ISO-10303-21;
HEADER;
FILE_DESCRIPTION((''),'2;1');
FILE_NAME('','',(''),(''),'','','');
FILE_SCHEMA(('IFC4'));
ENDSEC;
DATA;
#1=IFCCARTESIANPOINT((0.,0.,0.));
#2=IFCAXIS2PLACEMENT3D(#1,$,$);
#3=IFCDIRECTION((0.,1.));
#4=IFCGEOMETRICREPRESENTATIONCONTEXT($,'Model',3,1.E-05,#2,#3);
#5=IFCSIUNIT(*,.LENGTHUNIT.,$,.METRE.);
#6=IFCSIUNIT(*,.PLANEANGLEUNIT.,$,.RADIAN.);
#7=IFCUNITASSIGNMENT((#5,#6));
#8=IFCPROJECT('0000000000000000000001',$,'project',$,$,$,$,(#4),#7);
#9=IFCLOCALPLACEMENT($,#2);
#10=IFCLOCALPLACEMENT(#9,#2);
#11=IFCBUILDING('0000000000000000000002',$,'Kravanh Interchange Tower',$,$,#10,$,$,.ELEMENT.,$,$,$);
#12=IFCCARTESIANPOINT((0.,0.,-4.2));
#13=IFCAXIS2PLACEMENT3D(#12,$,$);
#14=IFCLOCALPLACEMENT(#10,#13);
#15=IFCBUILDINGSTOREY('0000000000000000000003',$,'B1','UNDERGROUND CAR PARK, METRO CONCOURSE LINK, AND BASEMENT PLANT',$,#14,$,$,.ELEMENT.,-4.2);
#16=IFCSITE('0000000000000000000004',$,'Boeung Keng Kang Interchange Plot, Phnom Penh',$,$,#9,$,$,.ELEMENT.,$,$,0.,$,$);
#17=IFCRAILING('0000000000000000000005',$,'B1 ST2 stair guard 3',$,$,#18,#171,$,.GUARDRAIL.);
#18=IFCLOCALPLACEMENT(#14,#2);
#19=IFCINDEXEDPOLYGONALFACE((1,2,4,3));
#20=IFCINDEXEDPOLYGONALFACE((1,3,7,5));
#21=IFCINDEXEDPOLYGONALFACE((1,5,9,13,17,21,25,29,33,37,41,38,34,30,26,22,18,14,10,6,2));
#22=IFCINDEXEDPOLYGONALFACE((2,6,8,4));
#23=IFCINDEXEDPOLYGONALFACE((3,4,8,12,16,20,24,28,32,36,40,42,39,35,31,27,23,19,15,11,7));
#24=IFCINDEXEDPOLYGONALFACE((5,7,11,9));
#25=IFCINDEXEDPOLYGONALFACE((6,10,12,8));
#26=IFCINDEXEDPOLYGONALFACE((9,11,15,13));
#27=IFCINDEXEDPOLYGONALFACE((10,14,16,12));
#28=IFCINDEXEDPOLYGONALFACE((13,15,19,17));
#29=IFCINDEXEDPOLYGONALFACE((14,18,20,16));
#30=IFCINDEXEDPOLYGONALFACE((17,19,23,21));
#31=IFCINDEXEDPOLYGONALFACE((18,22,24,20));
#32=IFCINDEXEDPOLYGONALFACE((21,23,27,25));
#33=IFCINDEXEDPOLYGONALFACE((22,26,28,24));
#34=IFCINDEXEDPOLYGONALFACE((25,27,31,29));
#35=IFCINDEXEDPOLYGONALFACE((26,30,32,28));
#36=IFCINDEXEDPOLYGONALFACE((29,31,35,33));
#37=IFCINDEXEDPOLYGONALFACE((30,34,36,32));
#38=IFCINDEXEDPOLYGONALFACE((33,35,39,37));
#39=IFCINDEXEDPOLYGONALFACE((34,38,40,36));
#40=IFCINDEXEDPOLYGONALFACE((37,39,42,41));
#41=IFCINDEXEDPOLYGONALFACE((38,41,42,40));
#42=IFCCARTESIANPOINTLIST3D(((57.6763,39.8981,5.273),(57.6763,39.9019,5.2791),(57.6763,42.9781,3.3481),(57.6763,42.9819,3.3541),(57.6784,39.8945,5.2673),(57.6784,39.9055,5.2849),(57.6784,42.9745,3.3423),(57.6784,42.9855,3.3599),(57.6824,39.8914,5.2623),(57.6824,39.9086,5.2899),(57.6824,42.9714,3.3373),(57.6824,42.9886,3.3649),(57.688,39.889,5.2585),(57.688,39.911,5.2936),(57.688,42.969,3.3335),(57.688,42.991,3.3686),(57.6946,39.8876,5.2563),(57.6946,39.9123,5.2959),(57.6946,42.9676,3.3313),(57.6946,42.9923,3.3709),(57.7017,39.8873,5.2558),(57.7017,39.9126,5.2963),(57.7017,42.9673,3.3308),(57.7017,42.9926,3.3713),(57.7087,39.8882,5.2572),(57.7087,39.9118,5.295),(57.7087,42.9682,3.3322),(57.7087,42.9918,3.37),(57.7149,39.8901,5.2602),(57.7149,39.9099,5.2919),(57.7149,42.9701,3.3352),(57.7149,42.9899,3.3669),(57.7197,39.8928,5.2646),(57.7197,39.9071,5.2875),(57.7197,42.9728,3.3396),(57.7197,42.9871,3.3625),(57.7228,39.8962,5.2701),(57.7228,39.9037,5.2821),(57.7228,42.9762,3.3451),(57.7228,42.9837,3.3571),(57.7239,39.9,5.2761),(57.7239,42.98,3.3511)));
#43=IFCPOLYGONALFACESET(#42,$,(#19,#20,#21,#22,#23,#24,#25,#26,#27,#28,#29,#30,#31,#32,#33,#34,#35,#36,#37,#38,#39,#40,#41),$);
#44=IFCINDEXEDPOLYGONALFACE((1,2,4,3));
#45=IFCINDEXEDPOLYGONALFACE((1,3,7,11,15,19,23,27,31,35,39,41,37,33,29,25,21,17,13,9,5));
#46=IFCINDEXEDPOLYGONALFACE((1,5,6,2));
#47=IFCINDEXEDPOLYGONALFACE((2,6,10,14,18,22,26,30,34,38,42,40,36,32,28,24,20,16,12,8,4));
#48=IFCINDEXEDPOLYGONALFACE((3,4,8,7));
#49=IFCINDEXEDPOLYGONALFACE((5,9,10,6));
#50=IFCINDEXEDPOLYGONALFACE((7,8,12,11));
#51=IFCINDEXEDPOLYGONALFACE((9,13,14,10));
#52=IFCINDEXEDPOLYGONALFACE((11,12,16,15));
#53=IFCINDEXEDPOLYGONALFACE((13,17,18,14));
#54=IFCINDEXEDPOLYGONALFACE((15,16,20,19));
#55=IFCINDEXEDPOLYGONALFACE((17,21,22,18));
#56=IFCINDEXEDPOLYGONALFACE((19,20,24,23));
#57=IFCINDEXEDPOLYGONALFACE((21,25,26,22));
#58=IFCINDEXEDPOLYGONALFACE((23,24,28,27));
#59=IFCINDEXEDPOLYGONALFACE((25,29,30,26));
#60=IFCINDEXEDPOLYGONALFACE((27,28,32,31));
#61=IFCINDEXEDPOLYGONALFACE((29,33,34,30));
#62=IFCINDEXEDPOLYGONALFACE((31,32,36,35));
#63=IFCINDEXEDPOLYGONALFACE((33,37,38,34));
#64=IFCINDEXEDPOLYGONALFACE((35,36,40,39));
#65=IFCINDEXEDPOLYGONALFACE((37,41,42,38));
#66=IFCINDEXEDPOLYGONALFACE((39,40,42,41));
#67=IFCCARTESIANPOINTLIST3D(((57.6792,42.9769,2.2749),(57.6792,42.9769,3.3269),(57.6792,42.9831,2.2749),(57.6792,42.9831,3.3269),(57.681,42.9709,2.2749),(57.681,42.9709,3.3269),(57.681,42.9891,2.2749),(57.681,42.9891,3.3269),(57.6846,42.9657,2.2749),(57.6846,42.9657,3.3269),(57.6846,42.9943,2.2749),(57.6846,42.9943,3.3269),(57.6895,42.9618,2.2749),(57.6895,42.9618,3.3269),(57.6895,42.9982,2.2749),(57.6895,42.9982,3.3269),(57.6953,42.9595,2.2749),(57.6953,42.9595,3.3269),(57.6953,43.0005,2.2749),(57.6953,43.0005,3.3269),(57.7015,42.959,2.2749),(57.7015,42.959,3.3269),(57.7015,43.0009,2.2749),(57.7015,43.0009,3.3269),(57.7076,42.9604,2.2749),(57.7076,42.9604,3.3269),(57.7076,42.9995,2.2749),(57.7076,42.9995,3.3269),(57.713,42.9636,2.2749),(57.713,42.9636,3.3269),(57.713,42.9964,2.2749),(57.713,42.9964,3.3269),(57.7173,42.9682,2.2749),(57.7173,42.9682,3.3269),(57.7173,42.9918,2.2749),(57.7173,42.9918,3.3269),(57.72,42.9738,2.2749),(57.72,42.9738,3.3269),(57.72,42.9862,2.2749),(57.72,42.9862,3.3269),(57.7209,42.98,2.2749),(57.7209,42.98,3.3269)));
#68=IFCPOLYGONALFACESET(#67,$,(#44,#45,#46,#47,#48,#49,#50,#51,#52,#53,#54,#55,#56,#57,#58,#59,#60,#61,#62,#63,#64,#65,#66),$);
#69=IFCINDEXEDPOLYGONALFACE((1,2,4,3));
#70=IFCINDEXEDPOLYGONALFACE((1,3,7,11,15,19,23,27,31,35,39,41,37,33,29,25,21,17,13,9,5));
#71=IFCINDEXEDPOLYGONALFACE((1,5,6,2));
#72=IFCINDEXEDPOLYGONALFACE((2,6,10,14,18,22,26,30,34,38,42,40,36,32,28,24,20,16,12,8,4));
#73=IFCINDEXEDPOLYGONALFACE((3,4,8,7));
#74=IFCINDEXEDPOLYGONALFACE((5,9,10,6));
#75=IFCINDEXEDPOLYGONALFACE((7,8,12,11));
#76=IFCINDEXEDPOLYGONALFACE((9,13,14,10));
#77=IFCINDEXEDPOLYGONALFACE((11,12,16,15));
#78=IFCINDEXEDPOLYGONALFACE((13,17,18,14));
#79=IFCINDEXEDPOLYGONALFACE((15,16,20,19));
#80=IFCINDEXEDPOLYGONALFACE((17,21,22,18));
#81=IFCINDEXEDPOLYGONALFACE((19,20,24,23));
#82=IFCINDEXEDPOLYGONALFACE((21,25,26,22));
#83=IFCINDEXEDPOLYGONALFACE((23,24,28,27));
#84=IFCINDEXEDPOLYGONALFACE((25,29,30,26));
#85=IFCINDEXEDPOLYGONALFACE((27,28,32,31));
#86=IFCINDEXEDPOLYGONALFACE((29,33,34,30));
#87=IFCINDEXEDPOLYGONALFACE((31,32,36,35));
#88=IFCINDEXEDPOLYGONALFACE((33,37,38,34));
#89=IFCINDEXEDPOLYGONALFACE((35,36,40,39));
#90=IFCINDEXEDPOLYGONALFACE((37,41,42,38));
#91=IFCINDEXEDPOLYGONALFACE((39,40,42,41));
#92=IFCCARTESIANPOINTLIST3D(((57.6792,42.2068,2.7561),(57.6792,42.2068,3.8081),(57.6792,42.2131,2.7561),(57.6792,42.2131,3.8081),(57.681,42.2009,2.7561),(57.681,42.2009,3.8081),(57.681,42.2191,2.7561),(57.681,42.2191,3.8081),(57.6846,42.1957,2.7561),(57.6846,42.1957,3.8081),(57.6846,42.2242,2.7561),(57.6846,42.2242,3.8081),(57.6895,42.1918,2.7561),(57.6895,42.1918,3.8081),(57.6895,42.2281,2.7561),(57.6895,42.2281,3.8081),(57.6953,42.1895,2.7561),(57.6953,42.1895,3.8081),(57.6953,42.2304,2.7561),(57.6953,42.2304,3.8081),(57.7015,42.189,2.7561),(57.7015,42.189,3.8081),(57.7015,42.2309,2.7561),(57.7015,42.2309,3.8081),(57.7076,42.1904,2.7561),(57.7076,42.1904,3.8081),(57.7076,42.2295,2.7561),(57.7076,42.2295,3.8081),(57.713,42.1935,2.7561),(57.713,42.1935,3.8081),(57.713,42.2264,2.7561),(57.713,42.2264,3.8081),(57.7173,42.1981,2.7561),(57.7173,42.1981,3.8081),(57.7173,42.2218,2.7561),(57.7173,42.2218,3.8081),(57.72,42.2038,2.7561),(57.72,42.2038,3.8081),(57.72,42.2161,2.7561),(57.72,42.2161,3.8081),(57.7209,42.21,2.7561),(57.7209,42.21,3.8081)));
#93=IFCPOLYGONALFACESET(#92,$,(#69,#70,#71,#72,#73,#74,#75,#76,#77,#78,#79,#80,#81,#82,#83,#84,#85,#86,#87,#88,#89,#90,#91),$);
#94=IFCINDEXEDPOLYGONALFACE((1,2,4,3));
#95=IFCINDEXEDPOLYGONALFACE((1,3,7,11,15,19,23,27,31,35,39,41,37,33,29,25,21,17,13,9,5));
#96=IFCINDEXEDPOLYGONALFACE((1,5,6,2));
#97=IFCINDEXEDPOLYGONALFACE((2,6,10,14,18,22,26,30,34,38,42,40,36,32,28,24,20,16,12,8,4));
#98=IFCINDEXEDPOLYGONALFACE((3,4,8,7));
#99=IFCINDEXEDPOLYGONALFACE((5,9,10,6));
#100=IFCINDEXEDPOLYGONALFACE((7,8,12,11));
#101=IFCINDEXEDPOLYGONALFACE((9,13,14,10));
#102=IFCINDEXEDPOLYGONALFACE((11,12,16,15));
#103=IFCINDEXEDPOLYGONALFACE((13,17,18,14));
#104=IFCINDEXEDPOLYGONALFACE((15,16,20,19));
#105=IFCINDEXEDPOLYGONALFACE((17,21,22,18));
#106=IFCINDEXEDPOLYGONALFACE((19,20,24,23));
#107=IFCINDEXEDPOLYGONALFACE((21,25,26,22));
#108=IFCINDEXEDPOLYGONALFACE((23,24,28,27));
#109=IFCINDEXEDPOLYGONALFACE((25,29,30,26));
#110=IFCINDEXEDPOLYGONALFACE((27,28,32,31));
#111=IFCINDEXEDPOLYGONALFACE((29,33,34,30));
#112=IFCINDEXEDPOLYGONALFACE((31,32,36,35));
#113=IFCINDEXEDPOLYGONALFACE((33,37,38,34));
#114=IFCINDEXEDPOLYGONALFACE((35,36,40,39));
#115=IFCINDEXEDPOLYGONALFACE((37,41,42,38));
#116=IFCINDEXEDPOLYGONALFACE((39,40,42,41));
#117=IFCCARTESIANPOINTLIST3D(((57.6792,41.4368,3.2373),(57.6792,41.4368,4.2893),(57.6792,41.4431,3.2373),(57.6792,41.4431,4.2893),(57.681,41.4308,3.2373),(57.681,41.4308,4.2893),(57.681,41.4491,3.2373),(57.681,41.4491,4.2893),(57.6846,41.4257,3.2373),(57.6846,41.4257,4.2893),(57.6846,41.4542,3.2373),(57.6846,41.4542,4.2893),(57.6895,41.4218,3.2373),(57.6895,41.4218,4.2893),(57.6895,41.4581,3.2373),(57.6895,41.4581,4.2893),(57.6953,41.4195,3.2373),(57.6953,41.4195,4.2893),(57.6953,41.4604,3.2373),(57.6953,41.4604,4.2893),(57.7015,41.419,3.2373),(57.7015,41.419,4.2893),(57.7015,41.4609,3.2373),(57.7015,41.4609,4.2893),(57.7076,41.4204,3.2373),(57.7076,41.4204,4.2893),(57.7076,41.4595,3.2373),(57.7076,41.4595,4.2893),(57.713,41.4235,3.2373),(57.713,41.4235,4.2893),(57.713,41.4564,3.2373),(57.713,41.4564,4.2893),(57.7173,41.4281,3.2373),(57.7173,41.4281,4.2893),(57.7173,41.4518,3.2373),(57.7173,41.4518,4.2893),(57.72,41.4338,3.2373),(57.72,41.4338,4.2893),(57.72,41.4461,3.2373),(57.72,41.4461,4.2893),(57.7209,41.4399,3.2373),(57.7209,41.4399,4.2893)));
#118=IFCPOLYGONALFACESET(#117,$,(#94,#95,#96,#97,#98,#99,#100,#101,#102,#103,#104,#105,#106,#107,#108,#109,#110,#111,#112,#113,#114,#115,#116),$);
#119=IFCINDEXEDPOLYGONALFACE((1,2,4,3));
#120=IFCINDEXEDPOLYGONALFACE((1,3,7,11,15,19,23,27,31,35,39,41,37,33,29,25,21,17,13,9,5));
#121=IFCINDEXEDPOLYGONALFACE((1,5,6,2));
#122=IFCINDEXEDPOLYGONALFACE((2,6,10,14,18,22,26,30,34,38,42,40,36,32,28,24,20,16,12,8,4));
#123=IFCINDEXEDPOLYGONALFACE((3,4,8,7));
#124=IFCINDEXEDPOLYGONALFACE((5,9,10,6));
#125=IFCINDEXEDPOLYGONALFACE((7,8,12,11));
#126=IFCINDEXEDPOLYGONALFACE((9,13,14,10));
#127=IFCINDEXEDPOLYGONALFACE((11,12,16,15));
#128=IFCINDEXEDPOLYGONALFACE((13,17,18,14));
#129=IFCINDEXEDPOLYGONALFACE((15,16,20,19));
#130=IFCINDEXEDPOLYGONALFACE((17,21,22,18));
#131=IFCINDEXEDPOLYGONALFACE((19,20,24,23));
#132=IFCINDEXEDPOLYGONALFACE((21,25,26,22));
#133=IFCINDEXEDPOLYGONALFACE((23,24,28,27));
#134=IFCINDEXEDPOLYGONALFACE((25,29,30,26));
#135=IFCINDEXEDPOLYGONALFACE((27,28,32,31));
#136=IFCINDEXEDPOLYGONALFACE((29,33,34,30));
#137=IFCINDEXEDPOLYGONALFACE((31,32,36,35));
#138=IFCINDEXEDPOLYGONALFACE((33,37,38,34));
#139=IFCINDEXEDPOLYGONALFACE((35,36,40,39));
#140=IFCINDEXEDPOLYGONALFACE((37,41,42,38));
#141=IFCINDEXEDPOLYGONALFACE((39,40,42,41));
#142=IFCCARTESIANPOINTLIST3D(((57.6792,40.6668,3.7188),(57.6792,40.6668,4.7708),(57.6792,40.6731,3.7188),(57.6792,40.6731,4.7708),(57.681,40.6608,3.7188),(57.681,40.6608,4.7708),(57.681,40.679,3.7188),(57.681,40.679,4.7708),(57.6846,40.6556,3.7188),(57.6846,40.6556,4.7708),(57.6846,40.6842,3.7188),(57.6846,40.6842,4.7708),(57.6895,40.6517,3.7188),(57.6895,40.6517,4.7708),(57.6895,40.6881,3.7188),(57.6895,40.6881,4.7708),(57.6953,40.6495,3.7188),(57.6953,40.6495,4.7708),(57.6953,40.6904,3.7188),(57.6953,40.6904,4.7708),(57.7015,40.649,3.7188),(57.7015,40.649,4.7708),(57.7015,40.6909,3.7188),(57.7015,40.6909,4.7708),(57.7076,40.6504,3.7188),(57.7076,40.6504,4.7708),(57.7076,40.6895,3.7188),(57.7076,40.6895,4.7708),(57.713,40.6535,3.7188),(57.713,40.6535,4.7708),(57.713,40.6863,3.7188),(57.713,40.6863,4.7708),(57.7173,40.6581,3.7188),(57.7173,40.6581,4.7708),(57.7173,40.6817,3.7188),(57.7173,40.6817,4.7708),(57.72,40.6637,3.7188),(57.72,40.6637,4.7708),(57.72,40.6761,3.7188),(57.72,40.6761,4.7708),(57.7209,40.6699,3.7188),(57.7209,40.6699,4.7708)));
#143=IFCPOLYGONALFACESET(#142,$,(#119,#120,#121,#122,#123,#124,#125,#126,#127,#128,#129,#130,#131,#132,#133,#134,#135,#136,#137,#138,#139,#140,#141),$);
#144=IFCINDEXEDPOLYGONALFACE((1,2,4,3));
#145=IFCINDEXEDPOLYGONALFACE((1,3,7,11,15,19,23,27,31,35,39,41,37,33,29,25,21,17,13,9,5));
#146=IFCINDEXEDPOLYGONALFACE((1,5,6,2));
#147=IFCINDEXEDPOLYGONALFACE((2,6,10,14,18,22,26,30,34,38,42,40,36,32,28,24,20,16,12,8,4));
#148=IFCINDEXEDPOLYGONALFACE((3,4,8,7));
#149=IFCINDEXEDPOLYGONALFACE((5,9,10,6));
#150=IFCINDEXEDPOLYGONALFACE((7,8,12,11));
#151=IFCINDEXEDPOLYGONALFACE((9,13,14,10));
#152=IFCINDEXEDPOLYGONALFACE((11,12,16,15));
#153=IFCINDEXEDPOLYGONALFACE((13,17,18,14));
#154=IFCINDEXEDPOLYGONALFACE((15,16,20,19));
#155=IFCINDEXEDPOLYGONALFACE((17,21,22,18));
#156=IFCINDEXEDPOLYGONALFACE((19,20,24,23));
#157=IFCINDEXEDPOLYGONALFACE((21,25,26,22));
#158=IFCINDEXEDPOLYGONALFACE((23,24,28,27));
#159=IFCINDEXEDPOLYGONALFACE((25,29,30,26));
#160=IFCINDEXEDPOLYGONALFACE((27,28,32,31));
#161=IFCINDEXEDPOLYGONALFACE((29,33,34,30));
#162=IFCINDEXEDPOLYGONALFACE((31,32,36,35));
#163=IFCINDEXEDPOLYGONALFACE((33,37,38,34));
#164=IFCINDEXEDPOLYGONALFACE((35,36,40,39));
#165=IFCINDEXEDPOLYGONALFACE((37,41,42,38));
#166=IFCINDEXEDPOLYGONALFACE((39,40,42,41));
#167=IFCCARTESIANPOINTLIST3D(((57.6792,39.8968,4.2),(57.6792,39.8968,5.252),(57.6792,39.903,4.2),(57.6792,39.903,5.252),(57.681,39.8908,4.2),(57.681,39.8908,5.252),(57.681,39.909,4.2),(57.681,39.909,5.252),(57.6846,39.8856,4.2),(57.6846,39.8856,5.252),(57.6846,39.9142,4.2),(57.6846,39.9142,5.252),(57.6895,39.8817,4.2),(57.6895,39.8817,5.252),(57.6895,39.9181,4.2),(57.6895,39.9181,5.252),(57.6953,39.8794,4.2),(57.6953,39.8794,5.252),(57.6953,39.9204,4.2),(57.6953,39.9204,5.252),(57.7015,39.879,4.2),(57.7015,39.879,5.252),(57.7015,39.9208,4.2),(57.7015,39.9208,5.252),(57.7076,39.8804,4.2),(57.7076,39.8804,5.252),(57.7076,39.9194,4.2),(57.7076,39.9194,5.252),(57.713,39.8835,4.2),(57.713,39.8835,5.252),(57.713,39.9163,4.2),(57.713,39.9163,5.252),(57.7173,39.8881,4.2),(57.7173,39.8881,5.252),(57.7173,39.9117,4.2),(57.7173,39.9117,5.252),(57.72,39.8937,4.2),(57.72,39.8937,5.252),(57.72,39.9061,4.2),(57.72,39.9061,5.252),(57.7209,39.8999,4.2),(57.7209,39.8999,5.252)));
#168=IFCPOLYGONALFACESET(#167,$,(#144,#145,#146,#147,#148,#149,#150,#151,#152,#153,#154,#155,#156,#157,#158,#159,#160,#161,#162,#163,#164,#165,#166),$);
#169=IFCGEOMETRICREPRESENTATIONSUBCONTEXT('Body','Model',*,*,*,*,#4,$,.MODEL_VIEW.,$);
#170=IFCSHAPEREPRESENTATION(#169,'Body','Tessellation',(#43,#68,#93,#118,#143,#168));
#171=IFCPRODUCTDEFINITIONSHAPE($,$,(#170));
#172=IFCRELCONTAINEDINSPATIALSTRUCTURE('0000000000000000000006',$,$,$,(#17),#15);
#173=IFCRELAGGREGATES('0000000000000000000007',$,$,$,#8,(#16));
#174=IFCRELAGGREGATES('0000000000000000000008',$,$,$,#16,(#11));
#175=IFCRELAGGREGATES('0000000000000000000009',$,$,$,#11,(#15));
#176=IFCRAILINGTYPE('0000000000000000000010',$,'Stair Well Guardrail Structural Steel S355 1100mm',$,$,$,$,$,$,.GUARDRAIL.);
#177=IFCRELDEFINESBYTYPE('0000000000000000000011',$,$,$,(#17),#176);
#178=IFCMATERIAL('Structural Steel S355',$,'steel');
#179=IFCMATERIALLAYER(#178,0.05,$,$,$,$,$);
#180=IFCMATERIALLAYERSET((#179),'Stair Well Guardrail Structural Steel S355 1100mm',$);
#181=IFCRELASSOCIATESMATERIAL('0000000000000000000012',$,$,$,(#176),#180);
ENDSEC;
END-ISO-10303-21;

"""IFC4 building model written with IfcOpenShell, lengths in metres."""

from ifc_helpers import new_model, si_unit, direction, frame, origin, origin_2d, place, context, subcontext, project, spatial, circle, extrude, material, layer, layer_set, type_object, element, save


model = new_model("IFC4")

# Units and contexts
model_context = context("Model", 3, precision=1e-05, world=origin(), true_north=direction((0.0, 1.0)))
body_context = subcontext(model_context, "Body", "Model", "MODEL_VIEW")
ifc_project = project(units=[si_unit("LENGTHUNIT", "METRE"), si_unit("PLANEANGLEUNIT", "RADIAN")], contexts=[model_context])

# Site, building, storey
site_placement = place(None, origin())
site = spatial("IfcSite", under=ifc_project, at=site_placement, Name="Boeung Keng Kang Interchange Plot, Phnom Penh", CompositionType="ELEMENT", RefElevation=0.0)
building_placement = place(site_placement, origin())
building = spatial("IfcBuilding", under=site, at=building_placement, Name="Kravanh Interchange Tower", CompositionType="ELEMENT")
storey_placement = place(building_placement, frame((0.0, 0.0, -4.2)))
storey = spatial("IfcBuildingStorey", under=building, at=storey_placement, Name="B1", Description="UNDERGROUND CAR PARK, METRO CONCOURSE LINK, AND BASEMENT PLANT", CompositionType="ELEMENT", Elevation=-4.2)

# Railing
ifc_material_1 = material(Name="Structural Steel S355", Category="steel")
ifc_layer_1 = layer(ifc_material_1, 0.05)
ifc_layer_set_1 = layer_set([ifc_layer_1], Name="Stair Well Guardrail Structural Steel S355 1100mm")
railing_type_1 = type_object("IfcRailingType", Name="Stair Well Guardrail Structural Steel S355 1100mm", PredefinedType="GUARDRAIL", material=ifc_layer_set_1)
railing_1_placement = place(storey_placement, frame((57.7, 42.98, 2.2749)))
element("IfcRailing", 1, at=railing_1_placement, inside=storey, type_object=railing_type_1, Name="B1 ST2 stair guard 3", PredefinedType="GUARDRAIL", context=body_context, shape_type="SweptSolid", body=[
    extrude(circle(Radius=0.0239, at=origin_2d()), frame((0.0, 0.0, 1.0762), z_axis=(0.0, -0.847998, 0.529999), x_axis=(1.0, 0.0, 0.0)), (0.0, 0.0, 1.0), 3.6321),
    extrude(circle(Radius=0.021, at=origin_2d()), origin(), (0.0, 0.0, 1.0), 1.052),
    extrude(circle(Radius=0.021, at=origin_2d()), frame((0.0, -0.77, 0.4812)), (0.0, 0.0, 1.0), 1.052),
    extrude(circle(Radius=0.021, at=origin_2d()), frame((0.0, -1.54, 0.9624)), (0.0, 0.0, 1.0), 1.052),
    extrude(circle(Radius=0.021, at=origin_2d()), frame((0.0, -2.3101, 1.4438)), (0.0, 0.0, 1.0), 1.052),
    extrude(circle(Radius=0.021, at=origin_2d()), frame((0.0, -3.0801, 1.925)), (0.0, 0.0, 1.0), 1.052),
])

save(model, "model.ifc")
